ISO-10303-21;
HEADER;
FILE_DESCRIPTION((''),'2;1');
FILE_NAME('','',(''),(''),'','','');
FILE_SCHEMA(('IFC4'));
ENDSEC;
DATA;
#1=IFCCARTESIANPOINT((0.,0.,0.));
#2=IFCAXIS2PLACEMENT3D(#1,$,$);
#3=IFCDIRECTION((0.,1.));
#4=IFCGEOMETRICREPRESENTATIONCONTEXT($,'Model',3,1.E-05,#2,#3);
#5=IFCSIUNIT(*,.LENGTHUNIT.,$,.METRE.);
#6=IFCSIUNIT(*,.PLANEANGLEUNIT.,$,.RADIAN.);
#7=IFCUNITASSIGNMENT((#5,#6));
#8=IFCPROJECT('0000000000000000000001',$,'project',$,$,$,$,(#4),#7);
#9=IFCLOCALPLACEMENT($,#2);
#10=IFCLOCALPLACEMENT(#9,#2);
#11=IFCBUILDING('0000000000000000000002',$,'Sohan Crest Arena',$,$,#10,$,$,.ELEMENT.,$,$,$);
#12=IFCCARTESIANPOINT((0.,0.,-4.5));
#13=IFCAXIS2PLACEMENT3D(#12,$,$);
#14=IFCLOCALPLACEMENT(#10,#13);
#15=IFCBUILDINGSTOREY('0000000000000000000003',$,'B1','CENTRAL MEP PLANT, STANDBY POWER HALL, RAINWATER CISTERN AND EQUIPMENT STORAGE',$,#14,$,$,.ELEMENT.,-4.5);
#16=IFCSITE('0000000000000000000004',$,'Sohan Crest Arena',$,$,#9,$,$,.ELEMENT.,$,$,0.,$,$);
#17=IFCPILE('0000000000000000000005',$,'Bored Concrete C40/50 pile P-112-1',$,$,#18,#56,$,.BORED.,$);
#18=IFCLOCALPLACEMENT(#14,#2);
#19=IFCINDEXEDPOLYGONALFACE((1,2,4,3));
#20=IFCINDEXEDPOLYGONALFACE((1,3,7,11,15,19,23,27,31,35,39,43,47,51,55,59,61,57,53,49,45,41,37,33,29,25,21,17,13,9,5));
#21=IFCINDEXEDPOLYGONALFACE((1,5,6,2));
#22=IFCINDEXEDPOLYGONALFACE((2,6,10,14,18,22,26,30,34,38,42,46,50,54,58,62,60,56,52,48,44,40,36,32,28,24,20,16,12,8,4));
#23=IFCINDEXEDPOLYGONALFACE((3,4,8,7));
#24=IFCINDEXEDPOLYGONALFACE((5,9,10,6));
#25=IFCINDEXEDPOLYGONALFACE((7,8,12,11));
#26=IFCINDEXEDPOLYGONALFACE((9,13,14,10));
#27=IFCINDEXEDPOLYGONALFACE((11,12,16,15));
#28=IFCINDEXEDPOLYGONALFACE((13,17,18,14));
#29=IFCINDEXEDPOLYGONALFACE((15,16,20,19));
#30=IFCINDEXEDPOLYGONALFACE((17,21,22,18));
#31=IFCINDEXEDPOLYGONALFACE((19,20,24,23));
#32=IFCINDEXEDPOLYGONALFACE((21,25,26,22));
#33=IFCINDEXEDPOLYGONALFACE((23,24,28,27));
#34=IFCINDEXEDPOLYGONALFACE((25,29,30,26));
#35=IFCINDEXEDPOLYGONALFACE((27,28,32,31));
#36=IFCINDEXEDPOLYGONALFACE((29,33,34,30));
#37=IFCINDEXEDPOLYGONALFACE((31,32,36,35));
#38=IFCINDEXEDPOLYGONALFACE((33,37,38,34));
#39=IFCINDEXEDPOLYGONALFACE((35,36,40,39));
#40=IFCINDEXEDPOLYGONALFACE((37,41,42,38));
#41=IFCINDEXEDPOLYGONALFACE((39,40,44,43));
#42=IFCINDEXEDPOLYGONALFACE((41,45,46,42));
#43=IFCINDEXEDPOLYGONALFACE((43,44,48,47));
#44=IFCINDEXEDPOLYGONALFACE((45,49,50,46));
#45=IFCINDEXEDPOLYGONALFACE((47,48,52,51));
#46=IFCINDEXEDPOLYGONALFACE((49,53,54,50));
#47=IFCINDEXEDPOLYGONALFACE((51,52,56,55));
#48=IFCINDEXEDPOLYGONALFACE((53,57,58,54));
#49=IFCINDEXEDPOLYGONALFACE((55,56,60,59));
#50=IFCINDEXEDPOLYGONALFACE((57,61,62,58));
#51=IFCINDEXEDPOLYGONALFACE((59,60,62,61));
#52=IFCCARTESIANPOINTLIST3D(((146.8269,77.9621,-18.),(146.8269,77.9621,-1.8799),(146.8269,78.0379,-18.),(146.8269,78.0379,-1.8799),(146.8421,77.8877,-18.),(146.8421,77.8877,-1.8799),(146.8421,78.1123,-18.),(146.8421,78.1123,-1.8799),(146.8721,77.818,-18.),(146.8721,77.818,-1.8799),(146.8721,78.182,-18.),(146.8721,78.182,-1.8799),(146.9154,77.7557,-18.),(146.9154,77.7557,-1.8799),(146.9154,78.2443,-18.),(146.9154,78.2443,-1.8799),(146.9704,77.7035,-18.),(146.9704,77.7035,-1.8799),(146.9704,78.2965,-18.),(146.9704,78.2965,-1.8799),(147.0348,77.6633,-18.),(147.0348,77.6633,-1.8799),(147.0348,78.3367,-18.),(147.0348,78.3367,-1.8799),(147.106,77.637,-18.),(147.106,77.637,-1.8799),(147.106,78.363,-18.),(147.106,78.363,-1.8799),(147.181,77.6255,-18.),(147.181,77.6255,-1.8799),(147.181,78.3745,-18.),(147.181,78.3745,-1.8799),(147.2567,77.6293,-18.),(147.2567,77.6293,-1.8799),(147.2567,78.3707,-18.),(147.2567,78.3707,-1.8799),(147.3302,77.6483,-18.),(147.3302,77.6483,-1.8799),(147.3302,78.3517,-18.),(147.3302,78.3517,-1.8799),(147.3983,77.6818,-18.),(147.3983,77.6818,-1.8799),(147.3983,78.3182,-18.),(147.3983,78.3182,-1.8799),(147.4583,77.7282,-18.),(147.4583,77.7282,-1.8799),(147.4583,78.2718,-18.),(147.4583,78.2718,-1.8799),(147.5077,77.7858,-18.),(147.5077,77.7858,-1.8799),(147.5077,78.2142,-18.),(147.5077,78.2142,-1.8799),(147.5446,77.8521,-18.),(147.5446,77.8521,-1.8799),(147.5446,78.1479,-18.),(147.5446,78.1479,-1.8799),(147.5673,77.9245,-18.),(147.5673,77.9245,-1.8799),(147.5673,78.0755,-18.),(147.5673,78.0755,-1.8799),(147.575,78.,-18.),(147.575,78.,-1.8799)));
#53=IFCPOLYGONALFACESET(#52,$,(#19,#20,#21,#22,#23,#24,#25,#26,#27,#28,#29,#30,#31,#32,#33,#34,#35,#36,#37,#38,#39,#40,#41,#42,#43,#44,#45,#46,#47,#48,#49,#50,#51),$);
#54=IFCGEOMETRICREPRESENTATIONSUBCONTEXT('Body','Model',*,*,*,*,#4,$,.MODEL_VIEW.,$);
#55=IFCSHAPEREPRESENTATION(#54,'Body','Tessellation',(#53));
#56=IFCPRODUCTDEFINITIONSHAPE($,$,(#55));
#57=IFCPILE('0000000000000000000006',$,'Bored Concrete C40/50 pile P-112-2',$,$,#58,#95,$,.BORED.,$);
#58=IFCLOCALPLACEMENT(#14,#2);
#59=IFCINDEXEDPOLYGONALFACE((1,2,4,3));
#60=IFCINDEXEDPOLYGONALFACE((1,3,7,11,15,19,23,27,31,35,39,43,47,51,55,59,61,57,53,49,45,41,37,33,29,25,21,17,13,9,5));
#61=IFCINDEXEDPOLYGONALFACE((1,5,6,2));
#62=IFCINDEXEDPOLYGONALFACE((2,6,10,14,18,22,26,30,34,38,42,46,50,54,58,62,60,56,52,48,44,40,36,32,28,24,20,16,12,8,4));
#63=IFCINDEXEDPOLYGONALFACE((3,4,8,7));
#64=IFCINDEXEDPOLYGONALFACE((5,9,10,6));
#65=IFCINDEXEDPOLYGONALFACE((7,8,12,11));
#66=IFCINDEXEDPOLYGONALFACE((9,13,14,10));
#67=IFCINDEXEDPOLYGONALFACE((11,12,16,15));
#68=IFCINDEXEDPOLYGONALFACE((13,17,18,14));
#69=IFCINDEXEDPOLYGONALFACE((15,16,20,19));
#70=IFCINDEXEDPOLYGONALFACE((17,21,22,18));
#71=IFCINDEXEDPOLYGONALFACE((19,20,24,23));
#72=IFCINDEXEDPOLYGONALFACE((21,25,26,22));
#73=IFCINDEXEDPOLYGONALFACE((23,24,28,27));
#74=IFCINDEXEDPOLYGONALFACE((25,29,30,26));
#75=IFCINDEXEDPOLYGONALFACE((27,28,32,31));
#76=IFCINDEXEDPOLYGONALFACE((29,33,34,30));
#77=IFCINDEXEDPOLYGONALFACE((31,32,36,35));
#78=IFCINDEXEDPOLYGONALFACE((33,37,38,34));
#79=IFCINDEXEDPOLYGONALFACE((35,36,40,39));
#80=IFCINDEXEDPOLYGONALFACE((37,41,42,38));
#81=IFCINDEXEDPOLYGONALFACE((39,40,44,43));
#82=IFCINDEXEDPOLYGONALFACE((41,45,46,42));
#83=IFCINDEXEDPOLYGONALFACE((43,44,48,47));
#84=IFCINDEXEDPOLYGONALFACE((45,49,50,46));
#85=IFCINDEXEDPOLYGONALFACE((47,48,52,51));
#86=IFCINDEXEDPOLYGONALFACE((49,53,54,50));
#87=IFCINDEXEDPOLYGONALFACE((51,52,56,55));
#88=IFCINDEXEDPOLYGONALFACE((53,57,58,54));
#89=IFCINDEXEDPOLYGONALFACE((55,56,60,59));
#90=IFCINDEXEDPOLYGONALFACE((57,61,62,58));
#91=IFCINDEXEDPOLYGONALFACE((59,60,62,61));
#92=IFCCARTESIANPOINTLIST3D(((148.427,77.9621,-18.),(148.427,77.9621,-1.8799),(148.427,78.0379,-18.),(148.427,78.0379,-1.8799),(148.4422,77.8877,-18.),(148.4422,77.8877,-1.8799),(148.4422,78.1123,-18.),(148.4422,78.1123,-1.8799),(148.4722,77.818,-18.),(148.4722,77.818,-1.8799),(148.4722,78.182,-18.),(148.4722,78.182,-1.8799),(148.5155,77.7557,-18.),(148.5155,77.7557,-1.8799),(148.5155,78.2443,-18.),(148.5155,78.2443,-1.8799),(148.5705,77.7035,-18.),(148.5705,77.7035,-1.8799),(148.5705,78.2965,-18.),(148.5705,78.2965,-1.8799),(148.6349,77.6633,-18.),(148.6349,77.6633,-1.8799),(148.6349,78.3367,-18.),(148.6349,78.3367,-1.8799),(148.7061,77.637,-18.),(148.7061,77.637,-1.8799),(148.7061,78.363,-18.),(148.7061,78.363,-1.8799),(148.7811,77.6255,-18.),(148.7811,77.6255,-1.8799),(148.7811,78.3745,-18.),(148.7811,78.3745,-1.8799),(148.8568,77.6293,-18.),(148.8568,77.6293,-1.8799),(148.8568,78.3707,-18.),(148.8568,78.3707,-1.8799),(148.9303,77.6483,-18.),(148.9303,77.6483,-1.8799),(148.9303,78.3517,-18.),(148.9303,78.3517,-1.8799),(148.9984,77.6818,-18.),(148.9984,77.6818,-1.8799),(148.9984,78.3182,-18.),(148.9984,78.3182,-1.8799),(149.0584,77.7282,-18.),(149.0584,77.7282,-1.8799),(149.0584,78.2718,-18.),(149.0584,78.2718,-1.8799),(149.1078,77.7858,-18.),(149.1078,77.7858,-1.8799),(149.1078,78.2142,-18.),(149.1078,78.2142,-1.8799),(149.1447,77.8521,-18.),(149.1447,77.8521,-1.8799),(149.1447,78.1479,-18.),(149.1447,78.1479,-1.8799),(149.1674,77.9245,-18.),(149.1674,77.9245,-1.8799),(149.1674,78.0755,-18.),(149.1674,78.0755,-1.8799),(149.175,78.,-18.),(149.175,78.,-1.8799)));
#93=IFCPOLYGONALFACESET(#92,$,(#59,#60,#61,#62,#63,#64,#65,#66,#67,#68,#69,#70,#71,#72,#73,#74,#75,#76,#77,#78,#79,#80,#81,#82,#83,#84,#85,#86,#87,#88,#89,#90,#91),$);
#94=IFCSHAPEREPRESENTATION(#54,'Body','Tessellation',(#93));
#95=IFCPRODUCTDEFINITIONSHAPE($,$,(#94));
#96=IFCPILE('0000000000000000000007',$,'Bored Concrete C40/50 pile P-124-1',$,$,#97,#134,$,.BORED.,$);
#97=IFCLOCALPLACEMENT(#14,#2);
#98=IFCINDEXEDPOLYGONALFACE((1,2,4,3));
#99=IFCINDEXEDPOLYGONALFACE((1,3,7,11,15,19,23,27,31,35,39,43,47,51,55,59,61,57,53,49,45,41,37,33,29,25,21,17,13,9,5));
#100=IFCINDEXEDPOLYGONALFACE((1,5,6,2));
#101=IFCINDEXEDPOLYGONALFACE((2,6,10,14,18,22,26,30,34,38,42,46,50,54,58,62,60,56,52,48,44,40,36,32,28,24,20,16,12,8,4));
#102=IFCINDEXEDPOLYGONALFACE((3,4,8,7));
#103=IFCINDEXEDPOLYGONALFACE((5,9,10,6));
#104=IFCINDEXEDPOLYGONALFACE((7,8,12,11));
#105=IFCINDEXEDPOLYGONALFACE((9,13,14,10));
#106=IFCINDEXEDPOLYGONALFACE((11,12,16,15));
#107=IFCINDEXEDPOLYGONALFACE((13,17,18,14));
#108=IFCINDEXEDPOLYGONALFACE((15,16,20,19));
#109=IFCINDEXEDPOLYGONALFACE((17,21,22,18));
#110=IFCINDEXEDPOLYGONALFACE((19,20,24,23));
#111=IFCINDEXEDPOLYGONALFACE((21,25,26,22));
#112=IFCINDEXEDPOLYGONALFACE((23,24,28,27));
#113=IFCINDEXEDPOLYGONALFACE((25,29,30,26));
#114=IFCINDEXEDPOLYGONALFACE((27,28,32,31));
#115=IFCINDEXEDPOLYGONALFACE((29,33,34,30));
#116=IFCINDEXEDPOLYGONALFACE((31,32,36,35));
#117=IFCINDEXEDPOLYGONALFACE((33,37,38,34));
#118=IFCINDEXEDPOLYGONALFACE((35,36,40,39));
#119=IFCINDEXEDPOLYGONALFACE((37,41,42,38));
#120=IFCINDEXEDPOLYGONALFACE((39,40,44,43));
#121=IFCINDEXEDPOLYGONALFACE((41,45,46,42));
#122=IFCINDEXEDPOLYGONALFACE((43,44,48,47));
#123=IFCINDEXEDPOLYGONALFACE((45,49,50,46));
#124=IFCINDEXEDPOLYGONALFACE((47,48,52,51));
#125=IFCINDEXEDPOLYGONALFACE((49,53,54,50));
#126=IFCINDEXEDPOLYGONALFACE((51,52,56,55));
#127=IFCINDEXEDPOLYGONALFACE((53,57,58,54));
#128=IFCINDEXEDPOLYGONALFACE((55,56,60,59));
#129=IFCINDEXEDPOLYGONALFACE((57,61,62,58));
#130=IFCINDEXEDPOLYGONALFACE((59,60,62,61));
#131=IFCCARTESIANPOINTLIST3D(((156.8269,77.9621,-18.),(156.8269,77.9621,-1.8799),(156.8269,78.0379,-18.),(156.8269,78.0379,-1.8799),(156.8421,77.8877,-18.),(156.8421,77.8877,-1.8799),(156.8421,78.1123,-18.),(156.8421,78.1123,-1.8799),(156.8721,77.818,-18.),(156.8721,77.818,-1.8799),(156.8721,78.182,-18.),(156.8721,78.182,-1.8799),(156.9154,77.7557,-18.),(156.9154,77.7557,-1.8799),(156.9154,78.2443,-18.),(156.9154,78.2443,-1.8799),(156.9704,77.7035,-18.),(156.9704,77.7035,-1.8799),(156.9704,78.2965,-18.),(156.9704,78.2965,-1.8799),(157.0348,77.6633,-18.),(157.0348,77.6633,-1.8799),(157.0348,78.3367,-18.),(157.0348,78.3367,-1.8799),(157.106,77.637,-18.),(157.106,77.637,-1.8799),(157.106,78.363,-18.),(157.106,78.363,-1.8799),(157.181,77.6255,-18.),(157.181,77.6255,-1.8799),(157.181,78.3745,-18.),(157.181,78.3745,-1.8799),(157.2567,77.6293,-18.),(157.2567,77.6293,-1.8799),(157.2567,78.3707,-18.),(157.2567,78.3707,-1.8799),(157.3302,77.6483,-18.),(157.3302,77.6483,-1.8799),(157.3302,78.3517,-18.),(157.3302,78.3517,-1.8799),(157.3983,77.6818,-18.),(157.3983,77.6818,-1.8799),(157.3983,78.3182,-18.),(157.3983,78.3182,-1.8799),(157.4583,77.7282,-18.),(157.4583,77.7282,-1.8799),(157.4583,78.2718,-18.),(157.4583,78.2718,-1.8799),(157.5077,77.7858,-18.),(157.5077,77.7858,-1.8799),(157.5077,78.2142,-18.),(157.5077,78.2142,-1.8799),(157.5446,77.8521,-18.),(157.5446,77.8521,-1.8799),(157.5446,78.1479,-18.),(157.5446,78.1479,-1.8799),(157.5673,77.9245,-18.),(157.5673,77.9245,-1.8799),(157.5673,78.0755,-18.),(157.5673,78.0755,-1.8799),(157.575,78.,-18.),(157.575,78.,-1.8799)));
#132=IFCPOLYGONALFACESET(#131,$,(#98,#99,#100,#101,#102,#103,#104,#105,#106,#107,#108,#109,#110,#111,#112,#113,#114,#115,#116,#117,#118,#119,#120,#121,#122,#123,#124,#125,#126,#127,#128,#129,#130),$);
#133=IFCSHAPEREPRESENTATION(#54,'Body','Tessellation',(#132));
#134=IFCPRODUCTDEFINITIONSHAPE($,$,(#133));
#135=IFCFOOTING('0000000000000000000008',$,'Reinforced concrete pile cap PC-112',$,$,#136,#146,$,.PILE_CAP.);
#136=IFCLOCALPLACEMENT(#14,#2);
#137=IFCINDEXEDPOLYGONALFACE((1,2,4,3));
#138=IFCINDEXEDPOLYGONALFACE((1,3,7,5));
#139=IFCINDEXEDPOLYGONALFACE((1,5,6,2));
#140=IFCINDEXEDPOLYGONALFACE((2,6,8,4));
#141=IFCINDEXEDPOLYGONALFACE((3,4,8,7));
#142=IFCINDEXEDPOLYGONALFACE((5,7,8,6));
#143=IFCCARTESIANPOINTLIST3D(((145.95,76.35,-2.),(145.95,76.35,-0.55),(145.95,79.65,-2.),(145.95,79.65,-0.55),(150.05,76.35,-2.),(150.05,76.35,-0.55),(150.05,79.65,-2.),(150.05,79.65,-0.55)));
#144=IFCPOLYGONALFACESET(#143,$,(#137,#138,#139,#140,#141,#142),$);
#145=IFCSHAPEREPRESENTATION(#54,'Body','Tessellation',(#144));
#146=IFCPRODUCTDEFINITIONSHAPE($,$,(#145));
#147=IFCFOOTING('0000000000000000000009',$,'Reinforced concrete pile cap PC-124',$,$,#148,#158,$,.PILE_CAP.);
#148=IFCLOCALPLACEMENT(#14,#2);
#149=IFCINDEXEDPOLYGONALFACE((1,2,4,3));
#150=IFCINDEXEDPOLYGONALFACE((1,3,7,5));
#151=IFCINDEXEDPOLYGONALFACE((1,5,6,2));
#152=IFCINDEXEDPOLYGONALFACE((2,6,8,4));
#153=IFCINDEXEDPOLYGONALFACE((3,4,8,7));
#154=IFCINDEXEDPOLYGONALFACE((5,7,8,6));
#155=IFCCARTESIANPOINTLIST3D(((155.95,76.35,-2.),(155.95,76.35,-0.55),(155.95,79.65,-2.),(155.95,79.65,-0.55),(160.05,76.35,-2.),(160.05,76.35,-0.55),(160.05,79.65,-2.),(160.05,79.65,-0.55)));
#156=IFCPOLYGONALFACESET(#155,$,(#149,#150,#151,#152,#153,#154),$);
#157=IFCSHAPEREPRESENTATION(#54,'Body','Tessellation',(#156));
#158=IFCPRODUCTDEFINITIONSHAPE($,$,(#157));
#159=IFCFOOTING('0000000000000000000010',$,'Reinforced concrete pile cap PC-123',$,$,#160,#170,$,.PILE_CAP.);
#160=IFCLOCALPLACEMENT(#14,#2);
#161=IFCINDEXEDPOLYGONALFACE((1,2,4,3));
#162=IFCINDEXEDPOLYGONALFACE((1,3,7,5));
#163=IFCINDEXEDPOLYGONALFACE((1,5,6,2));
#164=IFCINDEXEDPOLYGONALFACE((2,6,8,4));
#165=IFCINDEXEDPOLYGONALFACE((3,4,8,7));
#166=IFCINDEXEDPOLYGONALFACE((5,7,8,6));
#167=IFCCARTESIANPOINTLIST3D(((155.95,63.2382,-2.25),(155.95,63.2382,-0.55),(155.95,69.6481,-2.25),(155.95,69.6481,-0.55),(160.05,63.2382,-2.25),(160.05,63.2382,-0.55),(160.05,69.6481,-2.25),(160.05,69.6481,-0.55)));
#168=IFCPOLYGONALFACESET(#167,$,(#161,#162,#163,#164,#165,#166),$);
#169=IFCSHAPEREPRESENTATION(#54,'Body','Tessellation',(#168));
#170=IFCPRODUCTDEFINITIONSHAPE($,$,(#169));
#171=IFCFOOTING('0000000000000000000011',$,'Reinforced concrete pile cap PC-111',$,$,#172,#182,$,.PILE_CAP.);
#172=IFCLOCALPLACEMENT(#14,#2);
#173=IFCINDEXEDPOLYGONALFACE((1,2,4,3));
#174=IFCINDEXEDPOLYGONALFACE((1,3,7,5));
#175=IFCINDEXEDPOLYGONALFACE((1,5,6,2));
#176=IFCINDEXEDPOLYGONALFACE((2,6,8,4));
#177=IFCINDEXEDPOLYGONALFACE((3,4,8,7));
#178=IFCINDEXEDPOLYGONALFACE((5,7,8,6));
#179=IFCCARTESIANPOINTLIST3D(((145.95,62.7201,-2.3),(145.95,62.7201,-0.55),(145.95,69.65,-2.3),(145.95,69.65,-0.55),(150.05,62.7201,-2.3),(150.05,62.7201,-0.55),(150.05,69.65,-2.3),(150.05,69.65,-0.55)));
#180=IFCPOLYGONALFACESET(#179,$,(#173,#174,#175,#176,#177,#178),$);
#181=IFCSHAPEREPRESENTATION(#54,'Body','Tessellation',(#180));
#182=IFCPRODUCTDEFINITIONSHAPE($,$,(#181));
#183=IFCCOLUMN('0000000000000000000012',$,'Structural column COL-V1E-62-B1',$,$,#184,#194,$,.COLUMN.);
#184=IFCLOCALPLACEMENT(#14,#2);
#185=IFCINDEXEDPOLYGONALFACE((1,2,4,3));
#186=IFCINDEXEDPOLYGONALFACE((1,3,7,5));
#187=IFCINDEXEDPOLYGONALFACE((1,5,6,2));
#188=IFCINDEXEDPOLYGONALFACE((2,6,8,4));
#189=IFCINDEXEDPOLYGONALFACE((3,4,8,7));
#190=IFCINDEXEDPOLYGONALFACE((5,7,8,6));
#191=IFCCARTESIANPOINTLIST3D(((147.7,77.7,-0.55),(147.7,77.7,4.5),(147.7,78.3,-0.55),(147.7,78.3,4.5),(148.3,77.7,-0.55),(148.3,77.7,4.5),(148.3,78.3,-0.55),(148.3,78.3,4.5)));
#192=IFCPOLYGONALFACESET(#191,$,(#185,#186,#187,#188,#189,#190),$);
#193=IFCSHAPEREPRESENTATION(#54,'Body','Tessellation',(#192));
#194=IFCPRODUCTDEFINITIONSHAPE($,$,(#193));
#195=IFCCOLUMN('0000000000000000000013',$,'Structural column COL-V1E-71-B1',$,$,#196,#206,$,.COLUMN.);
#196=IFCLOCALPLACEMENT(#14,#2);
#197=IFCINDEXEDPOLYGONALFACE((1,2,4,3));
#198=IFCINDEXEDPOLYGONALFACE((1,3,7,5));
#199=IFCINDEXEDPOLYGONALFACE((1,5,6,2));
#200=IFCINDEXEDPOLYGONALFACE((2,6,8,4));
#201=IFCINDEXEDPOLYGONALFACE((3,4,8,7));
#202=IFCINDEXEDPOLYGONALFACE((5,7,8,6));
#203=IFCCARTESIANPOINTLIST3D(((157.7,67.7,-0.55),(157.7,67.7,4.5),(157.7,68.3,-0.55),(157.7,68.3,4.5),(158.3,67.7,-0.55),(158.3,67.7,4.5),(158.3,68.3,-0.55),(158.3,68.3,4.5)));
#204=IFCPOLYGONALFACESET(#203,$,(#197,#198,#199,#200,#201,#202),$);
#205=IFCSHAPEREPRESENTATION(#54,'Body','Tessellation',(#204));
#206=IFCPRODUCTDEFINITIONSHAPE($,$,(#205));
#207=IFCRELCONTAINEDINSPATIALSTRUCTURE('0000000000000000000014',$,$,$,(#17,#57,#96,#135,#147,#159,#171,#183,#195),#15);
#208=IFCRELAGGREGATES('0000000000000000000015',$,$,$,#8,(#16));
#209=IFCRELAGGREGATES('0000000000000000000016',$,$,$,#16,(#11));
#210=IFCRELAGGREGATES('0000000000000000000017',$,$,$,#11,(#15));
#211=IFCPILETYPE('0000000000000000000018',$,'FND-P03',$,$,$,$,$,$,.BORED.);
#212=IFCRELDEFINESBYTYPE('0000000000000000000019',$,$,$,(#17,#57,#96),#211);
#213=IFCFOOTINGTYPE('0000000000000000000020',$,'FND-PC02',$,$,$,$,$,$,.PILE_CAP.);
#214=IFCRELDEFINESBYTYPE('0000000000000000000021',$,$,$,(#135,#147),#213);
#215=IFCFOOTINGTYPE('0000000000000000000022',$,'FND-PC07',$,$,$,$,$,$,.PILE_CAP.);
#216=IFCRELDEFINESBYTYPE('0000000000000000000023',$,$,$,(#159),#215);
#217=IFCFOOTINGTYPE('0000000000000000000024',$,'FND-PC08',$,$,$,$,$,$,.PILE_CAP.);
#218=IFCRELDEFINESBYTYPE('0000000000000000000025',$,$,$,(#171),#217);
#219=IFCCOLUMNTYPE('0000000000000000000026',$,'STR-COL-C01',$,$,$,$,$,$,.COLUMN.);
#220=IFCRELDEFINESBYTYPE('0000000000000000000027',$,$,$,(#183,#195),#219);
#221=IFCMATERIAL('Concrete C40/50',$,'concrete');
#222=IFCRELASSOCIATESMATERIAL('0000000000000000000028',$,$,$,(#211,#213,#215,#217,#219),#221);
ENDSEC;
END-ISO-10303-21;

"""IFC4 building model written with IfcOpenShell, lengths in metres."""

from ifc_helpers import new_model, si_unit, direction, frame, origin, origin_2d, place, context, subcontext, project, spatial, rectangle, circle, extrude, material, material_profile, profile_set, type_object, element, save


model = new_model("IFC4")

# Units and contexts
model_context = context("Model", 3, precision=1e-05, world=origin(), true_north=direction((0.0, 1.0)))
body_context = subcontext(model_context, "Body", "Model", "MODEL_VIEW")
ifc_project = project(units=[si_unit("LENGTHUNIT", "METRE"), si_unit("PLANEANGLEUNIT", "RADIAN")], contexts=[model_context])

# Site, building, storey
site_placement = place(None, origin())
site = spatial("IfcSite", under=ifc_project, at=site_placement, Name="Sohan Crest Arena", CompositionType="ELEMENT", RefElevation=0.0)
building_placement = place(site_placement, origin())
building = spatial("IfcBuilding", under=site, at=building_placement, Name="Sohan Crest Arena", CompositionType="ELEMENT")
storey_placement = place(building_placement, frame((0.0, 0.0, -4.5)))
storey = spatial("IfcBuildingStorey", under=building, at=storey_placement, Name="B1", Description="CENTRAL MEP PLANT, STANDBY POWER HALL, RAINWATER CISTERN AND EQUIPMENT STORAGE", CompositionType="ELEMENT", Elevation=-4.5)

# Shared definitions
ifc_material = material(Name="Concrete C40/50", Category="concrete")

# Piles
ifc_material_profile_1 = material_profile(ifc_material, circle(Radius=0.375, at=origin_2d()), Name="PILE D750")
ifc_profile_set_1 = profile_set([ifc_material_profile_1], Name="Concrete C40/50")
pile_type_1 = type_object("IfcPileType", Name="FND-P03", PredefinedType="BORED", material=ifc_profile_set_1)
for number, where, z_axis, x_axis, name in (
    (1, (147.2, 78.0, -18.0), (0.0, 0.0, 1.0), (1.0, 0.0, 0.0), "Bored Concrete C40/50 pile P-112-1"),
    (2, (148.8, 78.0, -18.0), (0.0, 0.0, 1.0), (1.0, 0.0, 0.0), "Bored Concrete C40/50 pile P-112-2"),
    (3, (157.2, 78.0, -18.0), (0.0, 0.0, 1.0), (1.0, 0.0, 0.0), "Bored Concrete C40/50 pile P-124-1"),
):
    element("IfcPile", number, at=place(storey_placement, frame(where, z_axis=z_axis, x_axis=x_axis)), inside=storey, type_object=pile_type_1, Name=name, PredefinedType="BORED", context=body_context, shape_type="SweptSolid", body=[
        extrude(circle(Radius=0.375, at=origin_2d()), origin(), (0.0, 0.0, 1.0), 16.1201),
    ])

# Footings
footing_type_1 = type_object("IfcFootingType", Name="FND-PC02", PredefinedType="PILE_CAP", material=ifc_material)
for number, where, z_axis, x_axis, name in (
    (4, (148.0, 78.0, -2.0), (0.0, 0.0, 1.0), (1.0, 0.0, 0.0), "Reinforced concrete pile cap PC-112"),
    (5, (158.0, 78.0, -2.0), (0.0, 0.0, 1.0), (1.0, 0.0, 0.0), "Reinforced concrete pile cap PC-124"),
):
    element("IfcFooting", number, at=place(storey_placement, frame(where, z_axis=z_axis, x_axis=x_axis)), inside=storey, type_object=footing_type_1, Name=name, PredefinedType="PILE_CAP", context=body_context, shape_type="SweptSolid", body=[
        extrude(rectangle(XDim=4.1001, YDim=3.3, at=origin_2d()), origin(), (0.0, 0.0, 1.0), 1.45),
    ])
footing_type_2 = type_object("IfcFootingType", Name="FND-PC07", PredefinedType="PILE_CAP", material=ifc_material)
footing_1_placement = place(storey_placement, frame((158.0, 66.4431, -2.25), z_axis=(0.0, 0.0, 1.0), x_axis=(0.0, 1.0, 0.0)))
element("IfcFooting", 6, at=footing_1_placement, inside=storey, type_object=footing_type_2, Name="Reinforced concrete pile cap PC-123", PredefinedType="PILE_CAP", context=body_context, shape_type="SweptSolid", body=[
    extrude(rectangle(XDim=6.4099, YDim=4.1001, at=origin_2d()), origin(), (0.0, 0.0, 1.0), 1.7),
])
footing_type_3 = type_object("IfcFootingType", Name="FND-PC08", PredefinedType="PILE_CAP", material=ifc_material)
footing_2_placement = place(storey_placement, frame((148.0, 66.1851, -2.3), z_axis=(0.0, 0.0, 1.0), x_axis=(0.0, 1.0, 0.0)))
element("IfcFooting", 7, at=footing_2_placement, inside=storey, type_object=footing_type_3, Name="Reinforced concrete pile cap PC-111", PredefinedType="PILE_CAP", context=body_context, shape_type="SweptSolid", body=[
    extrude(rectangle(XDim=6.9299, YDim=4.1001, at=origin_2d()), origin(), (0.0, 0.0, 1.0), 1.75),
])

# Columns
ifc_material_profile_2 = material_profile(ifc_material, rectangle(XDim=0.6001, YDim=0.6001, at=origin_2d()), Name="RC 600x600")
ifc_profile_set_2 = profile_set([ifc_material_profile_2], Name="Concrete C40/50")
column_type_1 = type_object("IfcColumnType", Name="STR-COL-C01", PredefinedType="COLUMN", material=ifc_profile_set_2)
for number, where, z_axis, x_axis, name in (
    (8, (148.0, 78.0, -0.55), (0.0, 0.0, 1.0), (1.0, 0.0, 0.0), "Structural column COL-V1E-62-B1"),
    (9, (158.0, 68.0, -0.55), (0.0, 0.0, 1.0), (1.0, 0.0, 0.0), "Structural column COL-V1E-71-B1"),
):
    element("IfcColumn", number, at=place(storey_placement, frame(where, z_axis=z_axis, x_axis=x_axis)), inside=storey, type_object=column_type_1, Name=name, PredefinedType="COLUMN", context=body_context, shape_type="SweptSolid", body=[
        extrude(rectangle(XDim=0.6001, YDim=0.6001, at=origin_2d()), origin(), (0.0, 0.0, 1.0), 5.05),
    ])

save(model, "model.ifc")
